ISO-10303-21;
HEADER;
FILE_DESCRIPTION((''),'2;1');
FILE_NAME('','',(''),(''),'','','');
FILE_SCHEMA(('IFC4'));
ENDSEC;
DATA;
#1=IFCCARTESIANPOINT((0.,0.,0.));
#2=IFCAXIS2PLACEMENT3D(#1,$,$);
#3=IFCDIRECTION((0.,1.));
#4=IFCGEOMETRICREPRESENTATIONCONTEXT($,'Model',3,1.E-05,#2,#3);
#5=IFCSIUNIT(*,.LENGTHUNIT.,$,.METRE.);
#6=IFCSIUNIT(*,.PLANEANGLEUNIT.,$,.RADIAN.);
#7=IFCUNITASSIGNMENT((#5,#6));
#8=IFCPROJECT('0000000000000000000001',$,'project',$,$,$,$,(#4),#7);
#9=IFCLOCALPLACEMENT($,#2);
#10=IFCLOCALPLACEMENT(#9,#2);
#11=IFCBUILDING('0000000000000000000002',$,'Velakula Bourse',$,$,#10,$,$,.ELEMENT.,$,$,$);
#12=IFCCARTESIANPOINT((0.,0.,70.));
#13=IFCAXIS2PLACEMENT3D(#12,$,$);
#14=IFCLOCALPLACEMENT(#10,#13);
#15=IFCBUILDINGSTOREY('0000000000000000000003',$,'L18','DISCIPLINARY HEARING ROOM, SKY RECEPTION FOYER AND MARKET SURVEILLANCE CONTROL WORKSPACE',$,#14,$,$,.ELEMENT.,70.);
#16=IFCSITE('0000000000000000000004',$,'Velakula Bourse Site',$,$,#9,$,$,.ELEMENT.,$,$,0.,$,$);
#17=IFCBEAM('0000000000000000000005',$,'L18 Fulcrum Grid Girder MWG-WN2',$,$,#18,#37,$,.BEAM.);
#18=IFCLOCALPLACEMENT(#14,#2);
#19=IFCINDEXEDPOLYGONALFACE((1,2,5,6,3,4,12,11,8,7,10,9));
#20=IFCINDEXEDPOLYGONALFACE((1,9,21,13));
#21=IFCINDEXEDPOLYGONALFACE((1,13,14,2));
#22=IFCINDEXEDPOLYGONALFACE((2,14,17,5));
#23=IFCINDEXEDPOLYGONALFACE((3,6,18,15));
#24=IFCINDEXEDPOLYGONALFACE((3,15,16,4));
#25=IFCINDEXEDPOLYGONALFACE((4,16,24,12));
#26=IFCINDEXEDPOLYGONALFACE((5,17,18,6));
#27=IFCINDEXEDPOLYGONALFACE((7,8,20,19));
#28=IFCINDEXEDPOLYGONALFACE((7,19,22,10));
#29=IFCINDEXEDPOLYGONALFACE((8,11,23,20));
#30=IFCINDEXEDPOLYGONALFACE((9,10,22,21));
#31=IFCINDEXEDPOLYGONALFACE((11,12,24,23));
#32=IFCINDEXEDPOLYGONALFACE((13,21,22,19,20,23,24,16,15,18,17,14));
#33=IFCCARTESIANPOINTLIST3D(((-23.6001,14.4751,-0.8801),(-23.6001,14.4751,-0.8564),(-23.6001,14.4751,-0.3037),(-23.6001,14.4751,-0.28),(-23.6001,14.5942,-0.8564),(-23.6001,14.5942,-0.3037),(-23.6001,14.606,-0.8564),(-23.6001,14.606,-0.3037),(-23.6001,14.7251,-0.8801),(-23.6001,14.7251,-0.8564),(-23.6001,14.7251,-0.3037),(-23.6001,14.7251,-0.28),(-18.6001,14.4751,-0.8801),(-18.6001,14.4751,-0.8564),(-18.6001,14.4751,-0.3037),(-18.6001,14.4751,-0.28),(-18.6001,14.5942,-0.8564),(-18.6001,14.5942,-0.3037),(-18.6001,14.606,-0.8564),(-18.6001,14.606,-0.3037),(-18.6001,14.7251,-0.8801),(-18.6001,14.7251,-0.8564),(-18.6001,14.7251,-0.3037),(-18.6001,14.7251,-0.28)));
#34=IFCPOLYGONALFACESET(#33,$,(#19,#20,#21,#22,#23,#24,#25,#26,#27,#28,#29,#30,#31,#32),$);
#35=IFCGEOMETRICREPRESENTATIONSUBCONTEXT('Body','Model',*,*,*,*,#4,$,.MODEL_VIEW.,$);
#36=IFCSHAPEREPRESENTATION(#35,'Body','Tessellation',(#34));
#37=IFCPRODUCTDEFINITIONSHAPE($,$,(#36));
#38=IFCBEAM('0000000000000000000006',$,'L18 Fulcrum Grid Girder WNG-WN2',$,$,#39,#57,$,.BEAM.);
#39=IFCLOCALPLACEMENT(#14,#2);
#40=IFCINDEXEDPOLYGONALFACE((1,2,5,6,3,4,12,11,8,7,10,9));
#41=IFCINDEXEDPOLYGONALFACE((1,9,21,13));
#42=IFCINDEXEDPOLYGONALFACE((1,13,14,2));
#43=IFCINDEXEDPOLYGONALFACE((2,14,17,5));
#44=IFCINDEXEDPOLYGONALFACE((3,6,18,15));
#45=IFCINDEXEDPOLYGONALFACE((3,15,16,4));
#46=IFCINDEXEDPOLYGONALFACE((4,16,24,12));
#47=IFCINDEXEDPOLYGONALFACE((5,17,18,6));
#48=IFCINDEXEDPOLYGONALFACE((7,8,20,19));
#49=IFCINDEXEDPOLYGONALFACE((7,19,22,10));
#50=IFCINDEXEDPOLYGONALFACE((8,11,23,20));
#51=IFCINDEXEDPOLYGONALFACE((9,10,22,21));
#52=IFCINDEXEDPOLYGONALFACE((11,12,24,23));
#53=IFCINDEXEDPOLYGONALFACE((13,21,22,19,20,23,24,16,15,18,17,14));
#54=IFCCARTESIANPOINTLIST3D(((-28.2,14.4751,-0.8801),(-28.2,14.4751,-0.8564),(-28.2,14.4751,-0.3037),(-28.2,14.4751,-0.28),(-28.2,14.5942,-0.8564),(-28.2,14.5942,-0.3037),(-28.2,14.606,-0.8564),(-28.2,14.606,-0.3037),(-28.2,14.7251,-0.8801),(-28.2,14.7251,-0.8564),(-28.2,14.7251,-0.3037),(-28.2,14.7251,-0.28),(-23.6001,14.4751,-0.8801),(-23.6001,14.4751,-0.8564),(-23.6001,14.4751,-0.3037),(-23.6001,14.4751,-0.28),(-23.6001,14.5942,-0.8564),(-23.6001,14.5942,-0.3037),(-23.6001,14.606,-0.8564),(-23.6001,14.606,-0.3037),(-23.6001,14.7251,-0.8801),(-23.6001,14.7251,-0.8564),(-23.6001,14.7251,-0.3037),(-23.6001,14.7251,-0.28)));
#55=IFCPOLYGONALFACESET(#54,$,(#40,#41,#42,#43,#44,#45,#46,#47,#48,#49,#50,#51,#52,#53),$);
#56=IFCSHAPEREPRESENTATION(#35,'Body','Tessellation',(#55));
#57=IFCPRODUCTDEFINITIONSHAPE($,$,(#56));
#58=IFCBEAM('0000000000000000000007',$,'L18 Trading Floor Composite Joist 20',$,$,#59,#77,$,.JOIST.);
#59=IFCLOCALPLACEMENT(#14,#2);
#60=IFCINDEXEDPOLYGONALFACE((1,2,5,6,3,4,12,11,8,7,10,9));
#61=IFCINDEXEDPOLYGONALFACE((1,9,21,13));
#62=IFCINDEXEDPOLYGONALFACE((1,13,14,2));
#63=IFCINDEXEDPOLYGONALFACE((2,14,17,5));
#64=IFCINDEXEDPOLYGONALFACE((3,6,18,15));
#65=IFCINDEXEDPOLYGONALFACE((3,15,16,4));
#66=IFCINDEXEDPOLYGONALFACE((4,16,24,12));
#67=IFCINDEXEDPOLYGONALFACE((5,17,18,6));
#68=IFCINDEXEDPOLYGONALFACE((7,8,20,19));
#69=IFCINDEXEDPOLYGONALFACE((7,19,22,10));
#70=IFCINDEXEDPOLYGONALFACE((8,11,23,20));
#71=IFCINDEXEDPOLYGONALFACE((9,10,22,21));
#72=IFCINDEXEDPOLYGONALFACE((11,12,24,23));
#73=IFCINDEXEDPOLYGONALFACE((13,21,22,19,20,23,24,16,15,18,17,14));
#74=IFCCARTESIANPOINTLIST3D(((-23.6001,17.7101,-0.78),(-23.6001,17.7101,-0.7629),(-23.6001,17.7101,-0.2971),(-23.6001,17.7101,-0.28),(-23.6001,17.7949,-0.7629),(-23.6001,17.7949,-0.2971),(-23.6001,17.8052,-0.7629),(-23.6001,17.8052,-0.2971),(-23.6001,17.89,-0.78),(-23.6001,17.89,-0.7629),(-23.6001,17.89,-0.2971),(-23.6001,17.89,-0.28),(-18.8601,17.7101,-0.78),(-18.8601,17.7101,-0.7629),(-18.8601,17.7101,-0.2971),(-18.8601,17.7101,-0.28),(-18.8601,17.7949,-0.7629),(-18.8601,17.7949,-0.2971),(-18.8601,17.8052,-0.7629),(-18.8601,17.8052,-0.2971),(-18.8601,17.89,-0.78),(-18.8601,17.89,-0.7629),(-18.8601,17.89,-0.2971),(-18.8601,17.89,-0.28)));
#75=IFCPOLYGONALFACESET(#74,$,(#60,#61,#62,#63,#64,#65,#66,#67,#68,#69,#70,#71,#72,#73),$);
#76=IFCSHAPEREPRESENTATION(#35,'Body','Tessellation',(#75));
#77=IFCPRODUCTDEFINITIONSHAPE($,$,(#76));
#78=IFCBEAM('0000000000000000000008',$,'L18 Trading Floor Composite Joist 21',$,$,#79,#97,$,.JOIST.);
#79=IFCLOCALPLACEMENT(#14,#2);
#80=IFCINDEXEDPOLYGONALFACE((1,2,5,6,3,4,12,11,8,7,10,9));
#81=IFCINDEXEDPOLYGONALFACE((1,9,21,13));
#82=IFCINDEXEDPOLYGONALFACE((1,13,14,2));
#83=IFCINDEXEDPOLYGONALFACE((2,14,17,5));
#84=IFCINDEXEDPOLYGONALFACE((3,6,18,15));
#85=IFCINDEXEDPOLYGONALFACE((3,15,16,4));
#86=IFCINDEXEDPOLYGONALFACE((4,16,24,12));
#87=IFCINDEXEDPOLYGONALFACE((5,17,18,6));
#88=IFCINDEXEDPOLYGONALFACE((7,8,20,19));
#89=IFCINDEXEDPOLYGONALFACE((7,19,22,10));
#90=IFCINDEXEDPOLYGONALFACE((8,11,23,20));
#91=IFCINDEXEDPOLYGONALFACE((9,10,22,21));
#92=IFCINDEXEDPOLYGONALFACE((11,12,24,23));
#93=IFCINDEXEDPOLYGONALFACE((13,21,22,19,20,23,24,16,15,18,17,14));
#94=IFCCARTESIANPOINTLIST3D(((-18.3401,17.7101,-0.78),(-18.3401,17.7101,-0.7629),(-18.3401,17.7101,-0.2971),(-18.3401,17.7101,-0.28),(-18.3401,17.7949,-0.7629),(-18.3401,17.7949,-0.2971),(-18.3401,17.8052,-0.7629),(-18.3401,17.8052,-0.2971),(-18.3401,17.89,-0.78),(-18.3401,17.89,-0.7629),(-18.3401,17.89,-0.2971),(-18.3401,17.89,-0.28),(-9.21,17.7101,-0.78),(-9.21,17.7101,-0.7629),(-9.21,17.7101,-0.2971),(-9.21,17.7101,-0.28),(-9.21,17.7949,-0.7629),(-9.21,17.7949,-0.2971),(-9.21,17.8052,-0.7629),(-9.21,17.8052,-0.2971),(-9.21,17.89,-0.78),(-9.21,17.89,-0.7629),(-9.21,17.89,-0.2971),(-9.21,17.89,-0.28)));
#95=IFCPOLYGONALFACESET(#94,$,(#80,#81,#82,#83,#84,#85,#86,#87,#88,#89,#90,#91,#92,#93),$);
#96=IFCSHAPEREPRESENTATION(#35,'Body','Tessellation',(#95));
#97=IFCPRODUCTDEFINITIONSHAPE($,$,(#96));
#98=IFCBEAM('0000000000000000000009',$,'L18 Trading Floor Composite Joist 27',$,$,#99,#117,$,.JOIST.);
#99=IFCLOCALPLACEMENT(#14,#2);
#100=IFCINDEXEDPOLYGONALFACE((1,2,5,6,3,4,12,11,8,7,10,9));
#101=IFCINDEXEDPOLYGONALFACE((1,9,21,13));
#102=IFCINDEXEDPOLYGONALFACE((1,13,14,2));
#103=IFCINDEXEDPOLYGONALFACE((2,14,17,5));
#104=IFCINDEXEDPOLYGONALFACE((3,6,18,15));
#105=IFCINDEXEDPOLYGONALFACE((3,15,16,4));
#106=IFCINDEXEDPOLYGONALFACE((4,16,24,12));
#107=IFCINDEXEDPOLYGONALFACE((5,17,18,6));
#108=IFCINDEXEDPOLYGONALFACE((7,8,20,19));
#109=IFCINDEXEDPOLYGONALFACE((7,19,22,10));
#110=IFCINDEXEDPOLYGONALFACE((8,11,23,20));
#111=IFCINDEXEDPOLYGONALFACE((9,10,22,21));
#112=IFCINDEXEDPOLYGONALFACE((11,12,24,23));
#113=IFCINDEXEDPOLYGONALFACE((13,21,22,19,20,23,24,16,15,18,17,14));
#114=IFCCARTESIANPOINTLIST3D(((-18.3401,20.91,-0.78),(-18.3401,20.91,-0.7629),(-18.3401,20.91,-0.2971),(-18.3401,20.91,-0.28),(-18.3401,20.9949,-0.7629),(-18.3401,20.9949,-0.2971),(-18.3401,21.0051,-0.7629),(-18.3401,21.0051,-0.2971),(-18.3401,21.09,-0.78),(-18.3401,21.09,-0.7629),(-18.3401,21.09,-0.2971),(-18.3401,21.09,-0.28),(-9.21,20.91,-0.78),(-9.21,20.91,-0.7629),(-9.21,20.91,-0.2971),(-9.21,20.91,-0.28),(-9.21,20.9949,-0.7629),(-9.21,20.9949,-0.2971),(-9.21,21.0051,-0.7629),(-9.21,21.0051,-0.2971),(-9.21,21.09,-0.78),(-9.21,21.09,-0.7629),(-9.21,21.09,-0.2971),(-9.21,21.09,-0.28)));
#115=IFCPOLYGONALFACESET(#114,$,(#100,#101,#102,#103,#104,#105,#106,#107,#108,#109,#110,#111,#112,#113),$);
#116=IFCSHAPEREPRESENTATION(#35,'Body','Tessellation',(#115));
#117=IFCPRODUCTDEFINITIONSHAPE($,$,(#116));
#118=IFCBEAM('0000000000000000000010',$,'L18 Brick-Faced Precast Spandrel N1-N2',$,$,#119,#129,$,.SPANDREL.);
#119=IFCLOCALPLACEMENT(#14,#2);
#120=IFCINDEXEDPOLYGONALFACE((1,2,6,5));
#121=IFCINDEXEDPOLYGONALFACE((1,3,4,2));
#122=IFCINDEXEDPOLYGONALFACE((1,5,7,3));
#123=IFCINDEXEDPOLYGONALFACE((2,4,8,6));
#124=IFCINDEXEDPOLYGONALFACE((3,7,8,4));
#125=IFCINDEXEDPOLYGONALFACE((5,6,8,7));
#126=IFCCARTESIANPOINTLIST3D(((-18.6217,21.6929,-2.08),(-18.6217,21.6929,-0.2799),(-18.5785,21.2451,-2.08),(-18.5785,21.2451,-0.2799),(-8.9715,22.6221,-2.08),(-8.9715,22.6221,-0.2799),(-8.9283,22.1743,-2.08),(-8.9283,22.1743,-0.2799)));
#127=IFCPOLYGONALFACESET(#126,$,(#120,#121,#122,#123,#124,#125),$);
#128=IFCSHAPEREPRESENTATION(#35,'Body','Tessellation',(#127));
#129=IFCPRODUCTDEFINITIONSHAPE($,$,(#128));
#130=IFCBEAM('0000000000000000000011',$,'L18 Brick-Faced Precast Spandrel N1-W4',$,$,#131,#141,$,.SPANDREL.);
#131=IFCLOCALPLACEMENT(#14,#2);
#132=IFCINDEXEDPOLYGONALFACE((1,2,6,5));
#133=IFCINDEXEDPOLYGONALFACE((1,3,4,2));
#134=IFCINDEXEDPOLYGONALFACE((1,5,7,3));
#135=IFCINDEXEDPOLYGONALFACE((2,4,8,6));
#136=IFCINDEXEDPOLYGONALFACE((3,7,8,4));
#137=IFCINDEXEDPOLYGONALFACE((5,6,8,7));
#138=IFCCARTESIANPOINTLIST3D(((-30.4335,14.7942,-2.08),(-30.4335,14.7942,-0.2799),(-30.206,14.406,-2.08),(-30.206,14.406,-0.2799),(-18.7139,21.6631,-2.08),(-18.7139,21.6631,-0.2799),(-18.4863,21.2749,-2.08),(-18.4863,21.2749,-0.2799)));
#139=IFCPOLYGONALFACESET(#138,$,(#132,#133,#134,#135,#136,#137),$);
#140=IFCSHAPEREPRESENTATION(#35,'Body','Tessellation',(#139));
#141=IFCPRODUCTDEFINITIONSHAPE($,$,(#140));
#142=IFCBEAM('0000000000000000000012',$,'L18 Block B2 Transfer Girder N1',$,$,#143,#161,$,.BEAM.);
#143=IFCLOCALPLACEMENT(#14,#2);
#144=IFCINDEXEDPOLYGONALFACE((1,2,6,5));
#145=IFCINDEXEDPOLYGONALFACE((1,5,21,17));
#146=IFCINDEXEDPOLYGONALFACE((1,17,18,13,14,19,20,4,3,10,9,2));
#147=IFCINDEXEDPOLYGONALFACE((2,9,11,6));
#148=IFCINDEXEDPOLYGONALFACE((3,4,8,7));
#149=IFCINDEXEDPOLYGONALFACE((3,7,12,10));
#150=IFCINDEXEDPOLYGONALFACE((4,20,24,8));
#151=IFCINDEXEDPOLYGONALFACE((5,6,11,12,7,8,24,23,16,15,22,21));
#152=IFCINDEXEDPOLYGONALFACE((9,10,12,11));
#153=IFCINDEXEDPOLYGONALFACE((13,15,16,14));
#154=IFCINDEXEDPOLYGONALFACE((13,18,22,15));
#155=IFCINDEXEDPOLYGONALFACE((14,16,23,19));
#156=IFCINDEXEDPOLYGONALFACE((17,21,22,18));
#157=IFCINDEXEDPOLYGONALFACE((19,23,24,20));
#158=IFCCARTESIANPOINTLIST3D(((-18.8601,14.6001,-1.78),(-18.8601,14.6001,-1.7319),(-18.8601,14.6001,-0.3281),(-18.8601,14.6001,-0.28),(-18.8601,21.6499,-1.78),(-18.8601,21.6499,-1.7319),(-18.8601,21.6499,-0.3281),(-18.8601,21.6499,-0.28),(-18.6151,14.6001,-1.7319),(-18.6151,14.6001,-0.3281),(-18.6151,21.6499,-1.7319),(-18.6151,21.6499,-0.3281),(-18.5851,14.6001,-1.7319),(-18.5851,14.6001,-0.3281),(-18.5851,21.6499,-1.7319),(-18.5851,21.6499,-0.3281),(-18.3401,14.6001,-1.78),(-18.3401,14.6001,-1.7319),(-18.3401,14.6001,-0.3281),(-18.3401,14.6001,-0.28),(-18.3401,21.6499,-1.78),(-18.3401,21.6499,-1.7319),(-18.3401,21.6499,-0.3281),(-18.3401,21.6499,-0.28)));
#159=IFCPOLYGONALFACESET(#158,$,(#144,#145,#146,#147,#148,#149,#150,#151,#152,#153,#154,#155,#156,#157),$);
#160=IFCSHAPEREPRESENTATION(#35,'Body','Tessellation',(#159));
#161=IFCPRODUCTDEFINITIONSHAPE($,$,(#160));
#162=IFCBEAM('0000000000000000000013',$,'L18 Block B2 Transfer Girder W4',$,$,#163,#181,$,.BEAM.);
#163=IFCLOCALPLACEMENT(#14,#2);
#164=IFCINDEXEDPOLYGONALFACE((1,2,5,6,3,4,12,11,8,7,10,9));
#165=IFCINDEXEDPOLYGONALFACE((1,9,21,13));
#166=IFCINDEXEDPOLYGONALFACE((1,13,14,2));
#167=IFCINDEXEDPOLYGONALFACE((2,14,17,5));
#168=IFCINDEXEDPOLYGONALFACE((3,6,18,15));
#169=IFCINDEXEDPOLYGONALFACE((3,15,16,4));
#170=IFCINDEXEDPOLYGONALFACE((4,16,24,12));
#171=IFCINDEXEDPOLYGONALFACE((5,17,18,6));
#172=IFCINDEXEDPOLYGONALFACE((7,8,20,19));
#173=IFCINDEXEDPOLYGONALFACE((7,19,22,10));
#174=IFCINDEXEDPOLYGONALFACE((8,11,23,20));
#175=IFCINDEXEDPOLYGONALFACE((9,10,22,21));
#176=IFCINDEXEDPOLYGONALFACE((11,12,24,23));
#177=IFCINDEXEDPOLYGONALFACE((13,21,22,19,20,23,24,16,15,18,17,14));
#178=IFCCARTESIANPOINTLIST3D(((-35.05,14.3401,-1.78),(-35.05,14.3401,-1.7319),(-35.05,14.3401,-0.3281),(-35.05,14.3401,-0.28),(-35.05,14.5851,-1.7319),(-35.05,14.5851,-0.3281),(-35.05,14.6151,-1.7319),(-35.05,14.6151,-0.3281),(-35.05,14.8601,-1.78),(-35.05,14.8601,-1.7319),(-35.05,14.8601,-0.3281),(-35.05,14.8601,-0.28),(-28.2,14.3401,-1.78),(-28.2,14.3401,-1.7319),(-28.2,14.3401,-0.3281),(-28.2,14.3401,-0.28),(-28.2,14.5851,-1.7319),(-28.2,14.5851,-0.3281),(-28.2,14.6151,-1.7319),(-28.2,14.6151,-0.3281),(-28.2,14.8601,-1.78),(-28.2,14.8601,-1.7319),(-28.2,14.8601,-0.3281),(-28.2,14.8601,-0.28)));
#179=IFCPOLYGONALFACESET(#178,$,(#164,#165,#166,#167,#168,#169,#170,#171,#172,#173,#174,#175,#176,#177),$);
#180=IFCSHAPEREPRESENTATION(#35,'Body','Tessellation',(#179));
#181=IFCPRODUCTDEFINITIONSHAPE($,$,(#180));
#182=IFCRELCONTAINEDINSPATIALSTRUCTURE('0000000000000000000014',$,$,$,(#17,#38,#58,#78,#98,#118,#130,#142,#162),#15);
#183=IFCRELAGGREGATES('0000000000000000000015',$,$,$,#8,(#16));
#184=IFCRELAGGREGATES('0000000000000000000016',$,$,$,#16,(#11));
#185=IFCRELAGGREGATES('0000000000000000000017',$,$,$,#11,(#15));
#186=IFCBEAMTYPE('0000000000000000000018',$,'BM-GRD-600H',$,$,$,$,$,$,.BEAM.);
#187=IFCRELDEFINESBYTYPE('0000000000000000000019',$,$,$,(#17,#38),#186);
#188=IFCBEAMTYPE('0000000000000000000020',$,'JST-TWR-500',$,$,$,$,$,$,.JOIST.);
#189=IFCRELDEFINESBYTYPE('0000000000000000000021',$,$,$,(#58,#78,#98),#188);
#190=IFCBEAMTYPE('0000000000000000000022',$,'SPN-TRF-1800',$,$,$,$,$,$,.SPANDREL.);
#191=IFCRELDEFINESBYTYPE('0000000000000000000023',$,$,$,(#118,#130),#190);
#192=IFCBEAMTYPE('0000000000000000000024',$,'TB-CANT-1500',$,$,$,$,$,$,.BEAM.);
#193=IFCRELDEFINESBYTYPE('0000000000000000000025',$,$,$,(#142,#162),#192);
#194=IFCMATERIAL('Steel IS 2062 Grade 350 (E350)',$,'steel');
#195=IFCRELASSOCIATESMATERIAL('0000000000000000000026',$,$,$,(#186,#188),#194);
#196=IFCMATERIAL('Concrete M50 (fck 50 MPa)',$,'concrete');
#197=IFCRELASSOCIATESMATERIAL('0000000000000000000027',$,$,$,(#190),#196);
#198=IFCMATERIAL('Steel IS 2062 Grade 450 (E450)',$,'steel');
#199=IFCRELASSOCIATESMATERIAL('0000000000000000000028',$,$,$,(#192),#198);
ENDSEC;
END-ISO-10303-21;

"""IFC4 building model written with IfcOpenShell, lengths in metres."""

from ifc_helpers import new_model, si_unit, direction, frame, origin, origin_2d, place, context, subcontext, project, spatial, rectangle, i_section, extrude, material, material_profile, profile_set, type_object, element, save


model = new_model("IFC4")

# Units and contexts
model_context = context("Model", 3, precision=1e-05, world=origin(), true_north=direction((0.0, 1.0)))
body_context = subcontext(model_context, "Body", "Model", "MODEL_VIEW")
ifc_project = project(units=[si_unit("LENGTHUNIT", "METRE"), si_unit("PLANEANGLEUNIT", "RADIAN")], contexts=[model_context])

# Site, building, storey
site_placement = place(None, origin())
site = spatial("IfcSite", under=ifc_project, at=site_placement, Name="Velakula Bourse Site", CompositionType="ELEMENT", RefElevation=0.0)
building_placement = place(site_placement, origin())
building = spatial("IfcBuilding", under=site, at=building_placement, Name="Velakula Bourse", CompositionType="ELEMENT")
storey_placement = place(building_placement, frame((0.0, 0.0, 70.0)))
storey = spatial("IfcBuildingStorey", under=building, at=storey_placement, Name="L18", Description="DISCIPLINARY HEARING ROOM, SKY RECEPTION FOYER AND MARKET SURVEILLANCE CONTROL WORKSPACE", CompositionType="ELEMENT", Elevation=70.0)

# Shared definitions
ifc_material_1 = material(Name="Steel IS 2062 Grade 450 (E450)", Category="steel")

# Beams
ifc_material_2 = material(Name="Steel IS 2062 Grade 350 (E350)", Category="steel")
ifc_material_profile_1 = material_profile(ifc_material_2, i_section(OverallWidth=0.25, OverallDepth=0.6001, WebThickness=0.0117, FlangeThickness=0.0237, at=origin_2d()), Name="Steel IS 2062 Grade 350 (E350)")
ifc_profile_set_1 = profile_set([ifc_material_profile_1], Name="Steel IS 2062 Grade 350 (E350)")
beam_type_1 = type_object("IfcBeamType", Name="BM-GRD-600H", PredefinedType="BEAM", material=ifc_profile_set_1)
beam_1_placement = place(storey_placement, frame((-23.6001, 14.6001, -0.5801), z_axis=(1.0, 0.0, 0.0), x_axis=(0.0, 1.0, 0.0)))
element("IfcBeam", 1, at=beam_1_placement, inside=storey, type_object=beam_type_1, Name="L18 Fulcrum Grid Girder MWG-WN2", PredefinedType="BEAM", context=body_context, shape_type="SweptSolid", body=[
    extrude(i_section(OverallWidth=0.25, OverallDepth=0.6001, WebThickness=0.0117, FlangeThickness=0.0237, at=origin_2d()), origin(), (0.0, 0.0, 1.0), 5.0),
])
beam_2_placement = place(storey_placement, frame((-28.2, 14.6001, -0.5801), z_axis=(1.0, 0.0, 0.0), x_axis=(0.0, 1.0, 0.0)))
element("IfcBeam", 2, at=beam_2_placement, inside=storey, type_object=beam_type_1, Name="L18 Fulcrum Grid Girder WNG-WN2", PredefinedType="BEAM", context=body_context, shape_type="SweptSolid", body=[
    extrude(i_section(OverallWidth=0.25, OverallDepth=0.6001, WebThickness=0.0117, FlangeThickness=0.0237, at=origin_2d()), origin(), (0.0, 0.0, 1.0), 4.5999),
])
ifc_material_profile_2 = material_profile(ifc_material_2, i_section(OverallWidth=0.1799, OverallDepth=0.5, WebThickness=0.0103, FlangeThickness=0.0171, at=origin_2d()), Name="Steel IS 2062 Grade 350 (E350)")
ifc_profile_set_2 = profile_set([ifc_material_profile_2], Name="Steel IS 2062 Grade 350 (E350)")
beam_type_2 = type_object("IfcBeamType", Name="JST-TWR-500", PredefinedType="JOIST", material=ifc_profile_set_2)
beam_3_placement = place(storey_placement, frame((-23.6001, 17.8, -0.53), z_axis=(1.0, 0.0, 0.0), x_axis=(0.0, 1.0, 0.0)))
element("IfcBeam", 3, at=beam_3_placement, inside=storey, type_object=beam_type_2, Name="L18 Trading Floor Composite Joist 20", PredefinedType="JOIST", context=body_context, shape_type="SweptSolid", body=[
    extrude(i_section(OverallWidth=0.1799, OverallDepth=0.5, WebThickness=0.0103, FlangeThickness=0.0171, at=origin_2d()), origin(), (0.0, 0.0, 1.0), 4.74),
])
for number, where, z_axis, x_axis, name in (
    (4, (-18.3401, 17.8, -0.53), (1.0, 0.0, 0.0), (0.0, 1.0, 0.0), "L18 Trading Floor Composite Joist 21"),
    (5, (-18.3401, 21.0, -0.53), (1.0, 0.0, 0.0), (0.0, 1.0, 0.0), "L18 Trading Floor Composite Joist 27"),
):
    element("IfcBeam", number, at=place(storey_placement, frame(where, z_axis=z_axis, x_axis=x_axis)), inside=storey, type_object=beam_type_2, Name=name, PredefinedType="JOIST", context=body_context, shape_type="SweptSolid", body=[
        extrude(i_section(OverallWidth=0.1799, OverallDepth=0.5, WebThickness=0.0103, FlangeThickness=0.0171, at=origin_2d()), origin(), (0.0, 0.0, 1.0), 9.1301),
    ])
ifc_material_3 = material(Name="Concrete M50 (fck 50 MPa)", Category="concrete")
ifc_material_profile_3 = material_profile(ifc_material_3, rectangle(XDim=0.45, YDim=1.8, at=origin_2d()), Name="Concrete M50 (fck 50 MPa)")
ifc_profile_set_3 = profile_set([ifc_material_profile_3], Name="Concrete M50 (fck 50 MPa)")
beam_type_3 = type_object("IfcBeamType", Name="SPN-TRF-1800", PredefinedType="SPANDREL", material=ifc_profile_set_3)
beam_4_placement = place(storey_placement, frame((-18.6001, 21.469, -1.1799), z_axis=(0.995396, 0.095845, 0.0), x_axis=(-0.095845, 0.995396, 0.0)))
element("IfcBeam", 6, at=beam_4_placement, inside=storey, type_object=beam_type_3, Name="L18 Brick-Faced Precast Spandrel N1-N2", PredefinedType="SPANDREL", context=body_context, shape_type="SweptSolid", body=[
    extrude(rectangle(XDim=0.45, YDim=1.8, at=origin_2d()), origin(), (0.0, 0.0, 1.0), 9.6948),
])
beam_5_placement = place(storey_placement, frame((-18.6001, 21.469, -1.1799), z_axis=(-0.862739, -0.505649, 0.0), x_axis=(0.505649, -0.862739, 0.0)))
element("IfcBeam", 7, at=beam_5_placement, inside=storey, type_object=beam_type_3, Name="L18 Brick-Faced Precast Spandrel N1-W4", PredefinedType="SPANDREL", context=body_context, shape_type="SweptSolid", body=[
    extrude(rectangle(XDim=0.45, YDim=1.8, at=origin_2d()), origin(), (0.0, 0.0, 1.0), 13.5842),
])
ifc_material_profile_4 = material_profile(ifc_material_1, i_section(OverallWidth=0.52, OverallDepth=1.5, WebThickness=0.03, FlangeThickness=0.0481, at=origin_2d()), Name="Steel IS 2062 Grade 450 (E450)")
ifc_profile_set_4 = profile_set([ifc_material_profile_4], Name="Steel IS 2062 Grade 450 (E450)")
beam_type_4 = type_object("IfcBeamType", Name="TB-CANT-1500", PredefinedType="BEAM", material=ifc_profile_set_4)
beam_6_placement = place(storey_placement, frame((-18.6001, 14.6001, -1.03), z_axis=(0.0, 1.0, 0.0), x_axis=(-1.0, 0.0, 0.0)))
element("IfcBeam", 8, at=beam_6_placement, inside=storey, type_object=beam_type_4, Name="L18 Block B2 Transfer Girder N1", PredefinedType="BEAM", context=body_context, shape_type="SweptSolid", body=[
    extrude(i_section(OverallWidth=0.52, OverallDepth=1.5, WebThickness=0.03, FlangeThickness=0.0481, at=origin_2d()), origin(), (0.0, 0.0, 1.0), 7.0498),
])
beam_7_placement = place(storey_placement, frame((-35.05, 14.6001, -1.03), z_axis=(1.0, 0.0, 0.0), x_axis=(0.0, 1.0, 0.0)))
element("IfcBeam", 9, at=beam_7_placement, inside=storey, type_object=beam_type_4, Name="L18 Block B2 Transfer Girder W4", PredefinedType="BEAM", context=body_context, shape_type="SweptSolid", body=[
    extrude(i_section(OverallWidth=0.52, OverallDepth=1.5, WebThickness=0.03, FlangeThickness=0.0481, at=origin_2d()), origin(), (0.0, 0.0, 1.0), 6.8501),
])

save(model, "model.ifc")
